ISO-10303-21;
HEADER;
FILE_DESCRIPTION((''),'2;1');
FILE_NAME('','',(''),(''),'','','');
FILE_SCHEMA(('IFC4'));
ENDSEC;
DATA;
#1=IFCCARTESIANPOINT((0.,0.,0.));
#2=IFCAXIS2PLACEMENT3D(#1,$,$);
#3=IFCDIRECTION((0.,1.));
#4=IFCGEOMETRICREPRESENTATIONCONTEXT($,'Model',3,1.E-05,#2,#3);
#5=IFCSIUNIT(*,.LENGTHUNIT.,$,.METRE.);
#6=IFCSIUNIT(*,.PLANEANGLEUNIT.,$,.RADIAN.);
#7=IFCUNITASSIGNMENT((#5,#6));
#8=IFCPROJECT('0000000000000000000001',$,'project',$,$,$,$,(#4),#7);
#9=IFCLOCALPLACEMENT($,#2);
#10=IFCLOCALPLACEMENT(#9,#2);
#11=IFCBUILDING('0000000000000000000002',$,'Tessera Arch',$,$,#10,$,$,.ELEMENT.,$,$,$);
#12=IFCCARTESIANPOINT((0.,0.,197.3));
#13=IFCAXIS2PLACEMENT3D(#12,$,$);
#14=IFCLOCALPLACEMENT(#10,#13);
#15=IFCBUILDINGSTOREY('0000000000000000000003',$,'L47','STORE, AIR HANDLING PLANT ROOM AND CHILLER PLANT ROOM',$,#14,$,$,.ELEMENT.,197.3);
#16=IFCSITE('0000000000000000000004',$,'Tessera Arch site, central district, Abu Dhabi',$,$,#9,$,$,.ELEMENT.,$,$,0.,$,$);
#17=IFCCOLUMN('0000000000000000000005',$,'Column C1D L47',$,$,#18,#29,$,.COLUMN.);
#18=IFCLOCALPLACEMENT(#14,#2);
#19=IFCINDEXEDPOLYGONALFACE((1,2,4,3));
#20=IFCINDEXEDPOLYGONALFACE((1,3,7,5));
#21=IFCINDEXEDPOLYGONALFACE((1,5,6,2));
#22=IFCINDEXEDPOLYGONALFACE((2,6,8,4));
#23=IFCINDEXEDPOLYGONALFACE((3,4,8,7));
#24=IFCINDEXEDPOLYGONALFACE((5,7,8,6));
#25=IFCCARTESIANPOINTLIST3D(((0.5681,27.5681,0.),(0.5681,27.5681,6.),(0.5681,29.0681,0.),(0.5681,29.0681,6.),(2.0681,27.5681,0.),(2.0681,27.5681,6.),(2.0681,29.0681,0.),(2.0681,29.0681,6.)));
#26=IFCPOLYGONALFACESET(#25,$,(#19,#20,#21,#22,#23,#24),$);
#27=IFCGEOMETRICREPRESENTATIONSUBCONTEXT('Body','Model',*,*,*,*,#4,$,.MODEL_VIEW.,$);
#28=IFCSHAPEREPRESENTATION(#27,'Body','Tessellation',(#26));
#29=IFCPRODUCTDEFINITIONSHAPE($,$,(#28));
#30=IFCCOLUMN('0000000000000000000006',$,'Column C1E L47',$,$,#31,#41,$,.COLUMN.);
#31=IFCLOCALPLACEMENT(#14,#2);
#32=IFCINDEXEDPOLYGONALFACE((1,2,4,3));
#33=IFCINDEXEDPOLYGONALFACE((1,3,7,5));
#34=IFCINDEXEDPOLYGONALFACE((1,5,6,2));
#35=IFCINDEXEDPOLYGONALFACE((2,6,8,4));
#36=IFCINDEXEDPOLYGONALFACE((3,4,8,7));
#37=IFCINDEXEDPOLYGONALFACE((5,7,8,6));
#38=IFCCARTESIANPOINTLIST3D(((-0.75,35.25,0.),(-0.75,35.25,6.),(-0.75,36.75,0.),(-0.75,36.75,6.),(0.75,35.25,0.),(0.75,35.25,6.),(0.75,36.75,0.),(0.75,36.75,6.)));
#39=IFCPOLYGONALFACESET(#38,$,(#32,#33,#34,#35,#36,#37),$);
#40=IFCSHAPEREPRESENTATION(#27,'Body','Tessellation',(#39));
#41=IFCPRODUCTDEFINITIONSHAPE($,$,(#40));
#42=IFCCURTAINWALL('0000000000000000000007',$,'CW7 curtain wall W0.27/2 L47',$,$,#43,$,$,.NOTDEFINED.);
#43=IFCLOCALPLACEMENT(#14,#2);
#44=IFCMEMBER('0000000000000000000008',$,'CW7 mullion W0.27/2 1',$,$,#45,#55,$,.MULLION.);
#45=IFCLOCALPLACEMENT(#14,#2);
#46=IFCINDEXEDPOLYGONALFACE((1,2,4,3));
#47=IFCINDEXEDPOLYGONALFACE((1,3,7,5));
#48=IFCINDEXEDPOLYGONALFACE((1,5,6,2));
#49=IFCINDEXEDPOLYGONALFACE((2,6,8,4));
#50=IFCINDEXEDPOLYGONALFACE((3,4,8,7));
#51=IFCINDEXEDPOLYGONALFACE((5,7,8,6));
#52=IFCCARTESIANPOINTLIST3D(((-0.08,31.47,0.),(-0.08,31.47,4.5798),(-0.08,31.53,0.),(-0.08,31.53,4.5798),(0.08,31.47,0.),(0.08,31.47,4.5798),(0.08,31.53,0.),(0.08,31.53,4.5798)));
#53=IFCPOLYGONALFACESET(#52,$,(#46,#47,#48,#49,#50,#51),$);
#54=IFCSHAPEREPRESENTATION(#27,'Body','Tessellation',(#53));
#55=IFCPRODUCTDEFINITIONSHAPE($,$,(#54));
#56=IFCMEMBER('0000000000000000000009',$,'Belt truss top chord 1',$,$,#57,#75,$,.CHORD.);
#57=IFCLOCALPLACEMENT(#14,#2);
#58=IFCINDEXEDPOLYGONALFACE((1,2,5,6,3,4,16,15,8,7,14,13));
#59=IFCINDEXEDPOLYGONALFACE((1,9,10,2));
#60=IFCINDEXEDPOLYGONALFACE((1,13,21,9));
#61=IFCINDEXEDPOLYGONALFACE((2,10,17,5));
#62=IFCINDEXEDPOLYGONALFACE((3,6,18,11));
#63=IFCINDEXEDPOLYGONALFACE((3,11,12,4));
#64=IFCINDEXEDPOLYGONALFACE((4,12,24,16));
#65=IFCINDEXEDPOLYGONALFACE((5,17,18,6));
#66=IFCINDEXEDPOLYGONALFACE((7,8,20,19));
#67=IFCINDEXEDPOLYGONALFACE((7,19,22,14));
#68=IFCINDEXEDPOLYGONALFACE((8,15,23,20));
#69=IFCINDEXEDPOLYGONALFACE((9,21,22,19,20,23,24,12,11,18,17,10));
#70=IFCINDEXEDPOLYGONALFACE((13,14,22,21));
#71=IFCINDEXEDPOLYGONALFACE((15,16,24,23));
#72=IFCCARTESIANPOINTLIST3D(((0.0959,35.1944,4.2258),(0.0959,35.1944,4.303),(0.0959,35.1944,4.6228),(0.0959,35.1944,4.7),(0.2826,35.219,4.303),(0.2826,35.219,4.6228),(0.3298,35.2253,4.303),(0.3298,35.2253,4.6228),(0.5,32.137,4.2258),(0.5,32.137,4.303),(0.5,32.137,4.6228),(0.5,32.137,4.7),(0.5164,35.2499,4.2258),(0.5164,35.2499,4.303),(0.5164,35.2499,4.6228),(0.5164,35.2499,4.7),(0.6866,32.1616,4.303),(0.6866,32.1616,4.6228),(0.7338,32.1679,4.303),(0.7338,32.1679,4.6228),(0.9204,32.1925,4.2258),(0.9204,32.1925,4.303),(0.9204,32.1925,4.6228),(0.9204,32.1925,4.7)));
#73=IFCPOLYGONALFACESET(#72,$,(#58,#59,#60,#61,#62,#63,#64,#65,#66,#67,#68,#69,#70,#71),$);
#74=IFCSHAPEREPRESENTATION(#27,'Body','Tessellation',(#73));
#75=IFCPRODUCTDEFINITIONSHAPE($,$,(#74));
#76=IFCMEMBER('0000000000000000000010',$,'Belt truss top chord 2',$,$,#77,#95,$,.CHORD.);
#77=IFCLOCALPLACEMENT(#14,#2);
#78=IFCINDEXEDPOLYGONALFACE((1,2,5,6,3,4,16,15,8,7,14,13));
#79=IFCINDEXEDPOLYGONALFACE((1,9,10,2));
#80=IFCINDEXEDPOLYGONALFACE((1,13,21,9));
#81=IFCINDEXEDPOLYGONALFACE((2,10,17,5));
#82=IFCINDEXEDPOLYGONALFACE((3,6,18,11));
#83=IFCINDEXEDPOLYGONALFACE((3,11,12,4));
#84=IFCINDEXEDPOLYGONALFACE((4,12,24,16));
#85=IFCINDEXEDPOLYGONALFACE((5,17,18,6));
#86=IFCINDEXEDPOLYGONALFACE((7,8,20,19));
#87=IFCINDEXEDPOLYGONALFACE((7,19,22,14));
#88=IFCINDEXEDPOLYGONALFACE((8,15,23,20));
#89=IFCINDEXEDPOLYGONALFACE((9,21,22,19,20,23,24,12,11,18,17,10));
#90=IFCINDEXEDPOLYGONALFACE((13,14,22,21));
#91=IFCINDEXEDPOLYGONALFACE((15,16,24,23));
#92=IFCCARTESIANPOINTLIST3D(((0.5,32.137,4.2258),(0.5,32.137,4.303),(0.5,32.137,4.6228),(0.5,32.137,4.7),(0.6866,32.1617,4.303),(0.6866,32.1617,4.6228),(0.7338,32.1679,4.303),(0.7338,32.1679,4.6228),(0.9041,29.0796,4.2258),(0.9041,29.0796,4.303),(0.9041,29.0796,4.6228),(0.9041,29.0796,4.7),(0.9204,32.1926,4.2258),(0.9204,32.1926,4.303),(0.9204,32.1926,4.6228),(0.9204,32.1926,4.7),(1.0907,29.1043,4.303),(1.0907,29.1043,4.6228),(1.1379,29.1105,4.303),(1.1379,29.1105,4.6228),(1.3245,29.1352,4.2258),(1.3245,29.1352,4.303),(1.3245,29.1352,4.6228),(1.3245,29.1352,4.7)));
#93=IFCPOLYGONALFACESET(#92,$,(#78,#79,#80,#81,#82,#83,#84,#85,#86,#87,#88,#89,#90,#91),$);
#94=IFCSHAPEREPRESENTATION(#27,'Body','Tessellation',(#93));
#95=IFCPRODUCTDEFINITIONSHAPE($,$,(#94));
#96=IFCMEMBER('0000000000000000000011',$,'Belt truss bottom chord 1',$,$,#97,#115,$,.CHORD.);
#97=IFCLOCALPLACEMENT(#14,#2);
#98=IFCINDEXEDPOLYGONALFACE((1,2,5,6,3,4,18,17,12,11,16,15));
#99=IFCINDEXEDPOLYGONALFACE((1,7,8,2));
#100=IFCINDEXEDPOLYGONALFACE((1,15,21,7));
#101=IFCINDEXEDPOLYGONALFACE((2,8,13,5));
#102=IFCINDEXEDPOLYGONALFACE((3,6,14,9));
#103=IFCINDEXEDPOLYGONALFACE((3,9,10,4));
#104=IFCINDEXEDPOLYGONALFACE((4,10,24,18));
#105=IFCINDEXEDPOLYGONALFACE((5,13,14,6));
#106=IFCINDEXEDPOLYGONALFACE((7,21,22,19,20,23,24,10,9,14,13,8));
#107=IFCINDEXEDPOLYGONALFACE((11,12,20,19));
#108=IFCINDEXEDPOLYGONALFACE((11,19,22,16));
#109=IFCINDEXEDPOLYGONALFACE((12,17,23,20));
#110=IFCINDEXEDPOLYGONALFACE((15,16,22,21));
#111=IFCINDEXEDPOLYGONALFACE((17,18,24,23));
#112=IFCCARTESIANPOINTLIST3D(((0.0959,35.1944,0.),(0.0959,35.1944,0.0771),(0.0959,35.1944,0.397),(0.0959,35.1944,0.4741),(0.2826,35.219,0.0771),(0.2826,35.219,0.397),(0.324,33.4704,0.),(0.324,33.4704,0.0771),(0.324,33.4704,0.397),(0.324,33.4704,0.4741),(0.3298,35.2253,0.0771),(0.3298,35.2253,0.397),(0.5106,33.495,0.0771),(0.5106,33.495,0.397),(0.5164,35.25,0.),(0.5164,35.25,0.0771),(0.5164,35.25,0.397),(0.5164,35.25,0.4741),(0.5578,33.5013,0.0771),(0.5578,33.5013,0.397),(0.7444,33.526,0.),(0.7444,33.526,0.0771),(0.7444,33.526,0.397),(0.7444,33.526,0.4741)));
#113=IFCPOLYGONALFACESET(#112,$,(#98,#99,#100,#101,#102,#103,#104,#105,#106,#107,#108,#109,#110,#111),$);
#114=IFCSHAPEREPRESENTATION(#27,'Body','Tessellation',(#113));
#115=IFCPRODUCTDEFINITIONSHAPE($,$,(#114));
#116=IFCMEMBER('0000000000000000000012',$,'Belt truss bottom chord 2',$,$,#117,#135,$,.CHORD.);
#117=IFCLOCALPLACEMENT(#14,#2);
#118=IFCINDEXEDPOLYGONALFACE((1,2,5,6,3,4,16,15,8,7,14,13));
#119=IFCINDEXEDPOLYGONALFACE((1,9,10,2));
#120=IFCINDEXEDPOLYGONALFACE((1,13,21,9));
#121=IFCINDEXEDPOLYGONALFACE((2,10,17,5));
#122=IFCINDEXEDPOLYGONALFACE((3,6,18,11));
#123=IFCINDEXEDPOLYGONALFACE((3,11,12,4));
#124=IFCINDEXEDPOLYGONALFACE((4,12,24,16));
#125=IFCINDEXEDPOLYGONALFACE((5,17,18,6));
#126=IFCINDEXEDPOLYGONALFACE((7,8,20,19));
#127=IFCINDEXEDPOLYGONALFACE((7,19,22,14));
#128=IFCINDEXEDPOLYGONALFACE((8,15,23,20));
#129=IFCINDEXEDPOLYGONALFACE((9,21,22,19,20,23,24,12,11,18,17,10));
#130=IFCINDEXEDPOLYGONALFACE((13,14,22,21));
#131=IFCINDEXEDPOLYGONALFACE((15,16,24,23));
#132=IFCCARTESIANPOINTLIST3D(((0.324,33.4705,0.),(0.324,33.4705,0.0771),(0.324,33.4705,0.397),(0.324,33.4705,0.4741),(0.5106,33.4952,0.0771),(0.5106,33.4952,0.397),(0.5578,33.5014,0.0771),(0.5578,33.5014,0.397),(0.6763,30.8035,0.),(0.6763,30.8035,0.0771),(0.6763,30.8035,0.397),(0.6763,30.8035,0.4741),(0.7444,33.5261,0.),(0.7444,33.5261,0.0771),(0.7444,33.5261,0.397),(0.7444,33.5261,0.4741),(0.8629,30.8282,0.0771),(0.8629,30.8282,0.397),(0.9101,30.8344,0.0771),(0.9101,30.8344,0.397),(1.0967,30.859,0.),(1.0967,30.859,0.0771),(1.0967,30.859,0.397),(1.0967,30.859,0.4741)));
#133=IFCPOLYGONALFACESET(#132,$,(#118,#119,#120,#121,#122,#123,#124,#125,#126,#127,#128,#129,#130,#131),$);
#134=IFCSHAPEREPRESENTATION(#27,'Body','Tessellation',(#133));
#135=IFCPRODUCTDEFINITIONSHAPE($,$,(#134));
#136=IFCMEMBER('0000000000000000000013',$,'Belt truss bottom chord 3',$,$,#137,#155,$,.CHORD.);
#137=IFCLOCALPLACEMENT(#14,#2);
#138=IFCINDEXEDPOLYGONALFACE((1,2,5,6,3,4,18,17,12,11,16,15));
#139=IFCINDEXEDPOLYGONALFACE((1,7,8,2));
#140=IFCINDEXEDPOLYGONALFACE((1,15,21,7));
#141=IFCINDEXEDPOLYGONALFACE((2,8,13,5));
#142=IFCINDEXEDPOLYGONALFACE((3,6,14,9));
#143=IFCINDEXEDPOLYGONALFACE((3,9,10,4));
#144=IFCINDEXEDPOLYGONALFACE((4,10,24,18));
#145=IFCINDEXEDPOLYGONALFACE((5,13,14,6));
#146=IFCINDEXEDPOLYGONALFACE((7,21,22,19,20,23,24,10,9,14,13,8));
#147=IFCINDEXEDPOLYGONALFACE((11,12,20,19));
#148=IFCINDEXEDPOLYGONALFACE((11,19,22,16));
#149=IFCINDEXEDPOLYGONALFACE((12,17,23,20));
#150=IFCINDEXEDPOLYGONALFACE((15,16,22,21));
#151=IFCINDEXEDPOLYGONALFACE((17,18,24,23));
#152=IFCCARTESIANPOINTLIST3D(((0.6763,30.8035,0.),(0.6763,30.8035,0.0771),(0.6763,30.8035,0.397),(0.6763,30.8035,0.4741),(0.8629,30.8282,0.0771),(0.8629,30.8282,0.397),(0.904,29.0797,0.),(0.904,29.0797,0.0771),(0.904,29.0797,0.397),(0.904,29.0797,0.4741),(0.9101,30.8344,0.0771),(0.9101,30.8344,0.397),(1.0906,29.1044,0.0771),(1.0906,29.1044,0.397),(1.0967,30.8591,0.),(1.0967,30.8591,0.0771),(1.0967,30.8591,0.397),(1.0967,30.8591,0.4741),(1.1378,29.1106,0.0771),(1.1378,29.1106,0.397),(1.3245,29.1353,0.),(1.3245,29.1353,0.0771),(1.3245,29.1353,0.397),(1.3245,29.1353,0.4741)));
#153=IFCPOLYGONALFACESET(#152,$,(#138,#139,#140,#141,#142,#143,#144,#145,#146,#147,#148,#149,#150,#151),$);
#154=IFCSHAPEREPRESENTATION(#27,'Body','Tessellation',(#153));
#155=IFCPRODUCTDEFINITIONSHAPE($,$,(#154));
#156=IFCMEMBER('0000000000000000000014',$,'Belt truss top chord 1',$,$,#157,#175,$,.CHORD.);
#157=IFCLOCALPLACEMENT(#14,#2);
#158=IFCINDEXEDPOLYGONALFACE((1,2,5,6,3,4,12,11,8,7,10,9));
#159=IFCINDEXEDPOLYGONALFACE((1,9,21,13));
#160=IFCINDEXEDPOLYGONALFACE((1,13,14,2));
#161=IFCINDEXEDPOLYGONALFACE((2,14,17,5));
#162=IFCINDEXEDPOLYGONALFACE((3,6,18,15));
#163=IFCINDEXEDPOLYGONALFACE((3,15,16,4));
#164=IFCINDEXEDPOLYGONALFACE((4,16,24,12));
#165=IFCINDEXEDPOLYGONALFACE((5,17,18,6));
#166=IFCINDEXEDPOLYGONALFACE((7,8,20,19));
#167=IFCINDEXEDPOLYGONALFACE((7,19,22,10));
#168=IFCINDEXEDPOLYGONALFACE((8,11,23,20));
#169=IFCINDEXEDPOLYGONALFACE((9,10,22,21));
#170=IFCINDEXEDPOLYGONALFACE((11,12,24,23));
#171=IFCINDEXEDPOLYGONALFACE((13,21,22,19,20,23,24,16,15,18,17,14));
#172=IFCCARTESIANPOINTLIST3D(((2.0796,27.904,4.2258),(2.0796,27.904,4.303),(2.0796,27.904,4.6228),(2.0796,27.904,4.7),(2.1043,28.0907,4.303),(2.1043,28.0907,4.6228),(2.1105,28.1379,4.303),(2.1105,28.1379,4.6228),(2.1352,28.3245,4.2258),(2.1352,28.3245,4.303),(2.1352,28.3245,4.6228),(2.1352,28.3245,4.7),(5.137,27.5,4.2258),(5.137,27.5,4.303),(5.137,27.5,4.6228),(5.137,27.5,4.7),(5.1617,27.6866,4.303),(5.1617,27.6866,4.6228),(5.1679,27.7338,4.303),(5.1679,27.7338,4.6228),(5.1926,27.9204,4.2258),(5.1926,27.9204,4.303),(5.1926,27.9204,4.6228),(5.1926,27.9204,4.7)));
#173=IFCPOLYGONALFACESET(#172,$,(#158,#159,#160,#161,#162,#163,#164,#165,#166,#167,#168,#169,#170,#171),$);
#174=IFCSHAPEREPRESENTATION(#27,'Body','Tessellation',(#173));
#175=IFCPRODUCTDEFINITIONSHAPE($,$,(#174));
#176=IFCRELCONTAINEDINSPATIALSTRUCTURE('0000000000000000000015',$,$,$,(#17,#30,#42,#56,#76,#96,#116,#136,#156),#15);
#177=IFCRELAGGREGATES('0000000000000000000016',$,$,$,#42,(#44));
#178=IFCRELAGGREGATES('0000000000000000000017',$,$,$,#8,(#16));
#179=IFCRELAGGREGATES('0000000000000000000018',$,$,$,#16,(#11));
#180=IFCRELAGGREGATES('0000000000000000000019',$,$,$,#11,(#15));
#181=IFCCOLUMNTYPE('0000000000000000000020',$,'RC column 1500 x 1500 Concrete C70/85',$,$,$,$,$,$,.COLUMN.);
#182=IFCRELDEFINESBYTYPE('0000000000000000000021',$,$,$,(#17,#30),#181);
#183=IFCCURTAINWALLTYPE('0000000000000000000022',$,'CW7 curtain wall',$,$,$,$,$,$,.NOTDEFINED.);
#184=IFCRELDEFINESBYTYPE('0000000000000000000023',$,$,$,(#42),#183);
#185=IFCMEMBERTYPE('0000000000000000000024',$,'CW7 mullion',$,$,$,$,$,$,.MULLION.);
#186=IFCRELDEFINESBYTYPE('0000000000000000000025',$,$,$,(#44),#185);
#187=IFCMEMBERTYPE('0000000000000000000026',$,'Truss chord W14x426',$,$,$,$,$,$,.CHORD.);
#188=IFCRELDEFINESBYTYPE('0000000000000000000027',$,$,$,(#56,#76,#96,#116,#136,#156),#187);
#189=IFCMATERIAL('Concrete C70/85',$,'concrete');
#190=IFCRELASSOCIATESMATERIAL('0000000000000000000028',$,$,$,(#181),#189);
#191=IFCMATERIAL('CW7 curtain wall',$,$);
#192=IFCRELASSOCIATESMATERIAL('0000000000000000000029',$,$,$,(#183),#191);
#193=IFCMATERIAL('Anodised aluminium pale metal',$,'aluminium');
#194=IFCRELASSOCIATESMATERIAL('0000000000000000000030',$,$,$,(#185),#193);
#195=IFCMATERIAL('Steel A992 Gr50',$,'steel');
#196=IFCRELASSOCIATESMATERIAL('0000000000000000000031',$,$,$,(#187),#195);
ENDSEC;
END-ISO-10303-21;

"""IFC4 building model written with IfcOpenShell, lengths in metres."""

from ifc_helpers import new_model, si_unit, direction, frame, origin, origin_2d, place, context, subcontext, project, spatial, rectangle, i_section, extrude, material, material_profile, profile_set, type_object, element, aggregate, save


model = new_model("IFC4")

# Units and contexts
model_context = context("Model", 3, precision=1e-05, world=origin(), true_north=direction((0.0, 1.0)))
body_context = subcontext(model_context, "Body", "Model", "MODEL_VIEW")
ifc_project = project(units=[si_unit("LENGTHUNIT", "METRE"), si_unit("PLANEANGLEUNIT", "RADIAN")], contexts=[model_context])

# Site, building, storey
site_placement = place(None, origin())
site = spatial("IfcSite", under=ifc_project, at=site_placement, Name="Tessera Arch site, central district, Abu Dhabi", CompositionType="ELEMENT", RefElevation=0.0)
building_placement = place(site_placement, origin())
building = spatial("IfcBuilding", under=site, at=building_placement, Name="Tessera Arch", CompositionType="ELEMENT")
storey_placement = place(building_placement, frame((0.0, 0.0, 197.3)))
storey = spatial("IfcBuildingStorey", under=building, at=storey_placement, Name="L47", Description="STORE, AIR HANDLING PLANT ROOM AND CHILLER PLANT ROOM", CompositionType="ELEMENT", Elevation=197.3)

# Columns
ifc_material_1 = material(Name="Concrete C70/85", Category="concrete")
ifc_material_profile_1 = material_profile(ifc_material_1, rectangle(XDim=1.5, YDim=1.5, at=origin_2d()), Name="RC column 1500 x 1500 Concrete C70/85")
ifc_profile_set_1 = profile_set([ifc_material_profile_1], Name="Concrete C70/85")
column_type = type_object("IfcColumnType", Name="RC column 1500 x 1500 Concrete C70/85", PredefinedType="COLUMN", material=ifc_profile_set_1)
for number, where, z_axis, x_axis, name in (
    (1, (1.3181, 28.3181, 0.0), (0.0, 0.0, 1.0), (1.0, 0.0, 0.0), "Column C1D L47"),
    (2, (0.0, 36.0, 0.0), (0.0, 0.0, 1.0), (1.0, 0.0, 0.0), "Column C1E L47"),
):
    element("IfcColumn", number, at=place(storey_placement, frame(where, z_axis=z_axis, x_axis=x_axis)), inside=storey, type_object=column_type, Name=name, PredefinedType="COLUMN", context=body_context, shape_type="SweptSolid", body=[
        extrude(rectangle(XDim=1.5, YDim=1.5, at=origin_2d()), origin(), (0.0, 0.0, 1.0), 6.0),
    ])

# Curtain wall, member
ifc_material_2 = material(Name="CW7 curtain wall")
curtain_wall_type = type_object("IfcCurtainWallType", Name="CW7 curtain wall", PredefinedType="NOTDEFINED", material=ifc_material_2)
curtain_wall_placement = place(storey_placement, origin())
curtain_wall = element("IfcCurtainWall", 3, at=curtain_wall_placement, inside=storey, type_object=curtain_wall_type, Name="CW7 curtain wall W0.27/2 L47", PredefinedType="NOTDEFINED")
ifc_material_3 = material(Name="Anodised aluminium pale metal", Category="aluminium")
ifc_material_profile_2 = material_profile(ifc_material_3, rectangle(XDim=0.1599, YDim=0.0601, at=origin_2d()), Name="AL 60x160")
ifc_profile_set_2 = profile_set([ifc_material_profile_2], Name="Anodised aluminium pale metal")
member_type_1 = type_object("IfcMemberType", Name="CW7 mullion", PredefinedType="MULLION", material=ifc_profile_set_2)
member_1_placement = place(storey_placement, frame((0.0, 31.5, 0.0), z_axis=(0.0, 0.0, 1.0), x_axis=(1.0, 0.0, 0.0)))
member_1 = element("IfcMember", 4, at=member_1_placement, type_object=member_type_1, Name="CW7 mullion W0.27/2 1", PredefinedType="MULLION", context=body_context, shape_type="SweptSolid", body=[
    extrude(rectangle(XDim=0.1599, YDim=0.0601, at=origin_2d()), origin(), (0.0, 0.0, 1.0), 4.5798),
])

# Members
ifc_material_4 = material(Name="Steel A992 Gr50", Category="steel")
ifc_material_profile_3 = material_profile(ifc_material_4, i_section(OverallWidth=0.4241, OverallDepth=0.4741, WebThickness=0.0476, FlangeThickness=0.0771, at=origin_2d()), Name="W14x426")
ifc_profile_set_3 = profile_set([ifc_material_profile_3], Name="Steel A992 Gr50")
member_type_2 = type_object("IfcMemberType", Name="Truss chord W14x426", PredefinedType="CHORD", material=ifc_profile_set_3)
for number, where, z_axis, x_axis, name in (
    (5, (0.3062, 35.2222, 4.4629), (0.131018, -0.99138, 0.0), (0.99138, 0.131018, 0.0), "Belt truss top chord 1"),
    (6, (0.7102, 32.1648, 4.4629), (0.131018, -0.99138, 0.0), (0.99138, 0.131018, 0.0), "Belt truss top chord 2"),
):
    element("IfcMember", number, at=place(storey_placement, frame(where, z_axis=z_axis, x_axis=x_axis)), inside=storey, type_object=member_type_2, Name=name, PredefinedType="CHORD", context=body_context, shape_type="SweptSolid", body=[
        extrude(i_section(OverallWidth=0.4241, OverallDepth=0.4741, WebThickness=0.0476, FlangeThickness=0.0771, at=origin_2d()), origin(), (0.0, 0.0, 1.0), 3.084),
    ])
member_2_placement = place(storey_placement, frame((0.3062, 35.2222, 0.2371), z_axis=(0.131134, -0.991365, 0.0), x_axis=(0.991365, 0.131134, 0.0)))
element("IfcMember", 7, at=member_2_placement, inside=storey, type_object=member_type_2, Name="Belt truss bottom chord 1", PredefinedType="CHORD", context=body_context, shape_type="SweptSolid", body=[
    extrude(i_section(OverallWidth=0.4241, OverallDepth=0.4741, WebThickness=0.0476, FlangeThickness=0.0771, at=origin_2d()), origin(), (0.0, 0.0, 1.0), 1.739),
])
member_3_placement = place(storey_placement, frame((0.5342, 33.4983, 0.2371), z_axis=(0.130957, -0.991388, 0.0), x_axis=(0.991388, 0.130957, 0.0)))
element("IfcMember", 8, at=member_3_placement, inside=storey, type_object=member_type_2, Name="Belt truss bottom chord 2", PredefinedType="CHORD", context=body_context, shape_type="SweptSolid", body=[
    extrude(i_section(OverallWidth=0.4241, OverallDepth=0.4741, WebThickness=0.0476, FlangeThickness=0.0771, at=origin_2d()), origin(), (0.0, 0.0, 1.0), 2.6902),
])
member_4_placement = place(storey_placement, frame((0.8865, 30.8313, 0.2371), z_axis=(0.130996, -0.991383, 0.0), x_axis=(0.991383, 0.130996, 0.0)))
element("IfcMember", 9, at=member_4_placement, inside=storey, type_object=member_type_2, Name="Belt truss bottom chord 3", PredefinedType="CHORD", context=body_context, shape_type="SweptSolid", body=[
    extrude(i_section(OverallWidth=0.4241, OverallDepth=0.4741, WebThickness=0.0476, FlangeThickness=0.0771, at=origin_2d()), origin(), (0.0, 0.0, 1.0), 1.7388),
])
member_5_placement = place(storey_placement, frame((2.1074, 28.1143, 4.4629), z_axis=(0.99138, -0.131018, 0.0), x_axis=(0.131018, 0.99138, 0.0)))
element("IfcMember", 10, at=member_5_placement, inside=storey, type_object=member_type_2, Name="Belt truss top chord 1", PredefinedType="CHORD", context=body_context, shape_type="SweptSolid", body=[
    extrude(i_section(OverallWidth=0.4241, OverallDepth=0.4741, WebThickness=0.0476, FlangeThickness=0.0771, at=origin_2d()), origin(), (0.0, 0.0, 1.0), 3.084),
])

aggregate(curtain_wall, [member_1])

save(model, "model.ifc")
